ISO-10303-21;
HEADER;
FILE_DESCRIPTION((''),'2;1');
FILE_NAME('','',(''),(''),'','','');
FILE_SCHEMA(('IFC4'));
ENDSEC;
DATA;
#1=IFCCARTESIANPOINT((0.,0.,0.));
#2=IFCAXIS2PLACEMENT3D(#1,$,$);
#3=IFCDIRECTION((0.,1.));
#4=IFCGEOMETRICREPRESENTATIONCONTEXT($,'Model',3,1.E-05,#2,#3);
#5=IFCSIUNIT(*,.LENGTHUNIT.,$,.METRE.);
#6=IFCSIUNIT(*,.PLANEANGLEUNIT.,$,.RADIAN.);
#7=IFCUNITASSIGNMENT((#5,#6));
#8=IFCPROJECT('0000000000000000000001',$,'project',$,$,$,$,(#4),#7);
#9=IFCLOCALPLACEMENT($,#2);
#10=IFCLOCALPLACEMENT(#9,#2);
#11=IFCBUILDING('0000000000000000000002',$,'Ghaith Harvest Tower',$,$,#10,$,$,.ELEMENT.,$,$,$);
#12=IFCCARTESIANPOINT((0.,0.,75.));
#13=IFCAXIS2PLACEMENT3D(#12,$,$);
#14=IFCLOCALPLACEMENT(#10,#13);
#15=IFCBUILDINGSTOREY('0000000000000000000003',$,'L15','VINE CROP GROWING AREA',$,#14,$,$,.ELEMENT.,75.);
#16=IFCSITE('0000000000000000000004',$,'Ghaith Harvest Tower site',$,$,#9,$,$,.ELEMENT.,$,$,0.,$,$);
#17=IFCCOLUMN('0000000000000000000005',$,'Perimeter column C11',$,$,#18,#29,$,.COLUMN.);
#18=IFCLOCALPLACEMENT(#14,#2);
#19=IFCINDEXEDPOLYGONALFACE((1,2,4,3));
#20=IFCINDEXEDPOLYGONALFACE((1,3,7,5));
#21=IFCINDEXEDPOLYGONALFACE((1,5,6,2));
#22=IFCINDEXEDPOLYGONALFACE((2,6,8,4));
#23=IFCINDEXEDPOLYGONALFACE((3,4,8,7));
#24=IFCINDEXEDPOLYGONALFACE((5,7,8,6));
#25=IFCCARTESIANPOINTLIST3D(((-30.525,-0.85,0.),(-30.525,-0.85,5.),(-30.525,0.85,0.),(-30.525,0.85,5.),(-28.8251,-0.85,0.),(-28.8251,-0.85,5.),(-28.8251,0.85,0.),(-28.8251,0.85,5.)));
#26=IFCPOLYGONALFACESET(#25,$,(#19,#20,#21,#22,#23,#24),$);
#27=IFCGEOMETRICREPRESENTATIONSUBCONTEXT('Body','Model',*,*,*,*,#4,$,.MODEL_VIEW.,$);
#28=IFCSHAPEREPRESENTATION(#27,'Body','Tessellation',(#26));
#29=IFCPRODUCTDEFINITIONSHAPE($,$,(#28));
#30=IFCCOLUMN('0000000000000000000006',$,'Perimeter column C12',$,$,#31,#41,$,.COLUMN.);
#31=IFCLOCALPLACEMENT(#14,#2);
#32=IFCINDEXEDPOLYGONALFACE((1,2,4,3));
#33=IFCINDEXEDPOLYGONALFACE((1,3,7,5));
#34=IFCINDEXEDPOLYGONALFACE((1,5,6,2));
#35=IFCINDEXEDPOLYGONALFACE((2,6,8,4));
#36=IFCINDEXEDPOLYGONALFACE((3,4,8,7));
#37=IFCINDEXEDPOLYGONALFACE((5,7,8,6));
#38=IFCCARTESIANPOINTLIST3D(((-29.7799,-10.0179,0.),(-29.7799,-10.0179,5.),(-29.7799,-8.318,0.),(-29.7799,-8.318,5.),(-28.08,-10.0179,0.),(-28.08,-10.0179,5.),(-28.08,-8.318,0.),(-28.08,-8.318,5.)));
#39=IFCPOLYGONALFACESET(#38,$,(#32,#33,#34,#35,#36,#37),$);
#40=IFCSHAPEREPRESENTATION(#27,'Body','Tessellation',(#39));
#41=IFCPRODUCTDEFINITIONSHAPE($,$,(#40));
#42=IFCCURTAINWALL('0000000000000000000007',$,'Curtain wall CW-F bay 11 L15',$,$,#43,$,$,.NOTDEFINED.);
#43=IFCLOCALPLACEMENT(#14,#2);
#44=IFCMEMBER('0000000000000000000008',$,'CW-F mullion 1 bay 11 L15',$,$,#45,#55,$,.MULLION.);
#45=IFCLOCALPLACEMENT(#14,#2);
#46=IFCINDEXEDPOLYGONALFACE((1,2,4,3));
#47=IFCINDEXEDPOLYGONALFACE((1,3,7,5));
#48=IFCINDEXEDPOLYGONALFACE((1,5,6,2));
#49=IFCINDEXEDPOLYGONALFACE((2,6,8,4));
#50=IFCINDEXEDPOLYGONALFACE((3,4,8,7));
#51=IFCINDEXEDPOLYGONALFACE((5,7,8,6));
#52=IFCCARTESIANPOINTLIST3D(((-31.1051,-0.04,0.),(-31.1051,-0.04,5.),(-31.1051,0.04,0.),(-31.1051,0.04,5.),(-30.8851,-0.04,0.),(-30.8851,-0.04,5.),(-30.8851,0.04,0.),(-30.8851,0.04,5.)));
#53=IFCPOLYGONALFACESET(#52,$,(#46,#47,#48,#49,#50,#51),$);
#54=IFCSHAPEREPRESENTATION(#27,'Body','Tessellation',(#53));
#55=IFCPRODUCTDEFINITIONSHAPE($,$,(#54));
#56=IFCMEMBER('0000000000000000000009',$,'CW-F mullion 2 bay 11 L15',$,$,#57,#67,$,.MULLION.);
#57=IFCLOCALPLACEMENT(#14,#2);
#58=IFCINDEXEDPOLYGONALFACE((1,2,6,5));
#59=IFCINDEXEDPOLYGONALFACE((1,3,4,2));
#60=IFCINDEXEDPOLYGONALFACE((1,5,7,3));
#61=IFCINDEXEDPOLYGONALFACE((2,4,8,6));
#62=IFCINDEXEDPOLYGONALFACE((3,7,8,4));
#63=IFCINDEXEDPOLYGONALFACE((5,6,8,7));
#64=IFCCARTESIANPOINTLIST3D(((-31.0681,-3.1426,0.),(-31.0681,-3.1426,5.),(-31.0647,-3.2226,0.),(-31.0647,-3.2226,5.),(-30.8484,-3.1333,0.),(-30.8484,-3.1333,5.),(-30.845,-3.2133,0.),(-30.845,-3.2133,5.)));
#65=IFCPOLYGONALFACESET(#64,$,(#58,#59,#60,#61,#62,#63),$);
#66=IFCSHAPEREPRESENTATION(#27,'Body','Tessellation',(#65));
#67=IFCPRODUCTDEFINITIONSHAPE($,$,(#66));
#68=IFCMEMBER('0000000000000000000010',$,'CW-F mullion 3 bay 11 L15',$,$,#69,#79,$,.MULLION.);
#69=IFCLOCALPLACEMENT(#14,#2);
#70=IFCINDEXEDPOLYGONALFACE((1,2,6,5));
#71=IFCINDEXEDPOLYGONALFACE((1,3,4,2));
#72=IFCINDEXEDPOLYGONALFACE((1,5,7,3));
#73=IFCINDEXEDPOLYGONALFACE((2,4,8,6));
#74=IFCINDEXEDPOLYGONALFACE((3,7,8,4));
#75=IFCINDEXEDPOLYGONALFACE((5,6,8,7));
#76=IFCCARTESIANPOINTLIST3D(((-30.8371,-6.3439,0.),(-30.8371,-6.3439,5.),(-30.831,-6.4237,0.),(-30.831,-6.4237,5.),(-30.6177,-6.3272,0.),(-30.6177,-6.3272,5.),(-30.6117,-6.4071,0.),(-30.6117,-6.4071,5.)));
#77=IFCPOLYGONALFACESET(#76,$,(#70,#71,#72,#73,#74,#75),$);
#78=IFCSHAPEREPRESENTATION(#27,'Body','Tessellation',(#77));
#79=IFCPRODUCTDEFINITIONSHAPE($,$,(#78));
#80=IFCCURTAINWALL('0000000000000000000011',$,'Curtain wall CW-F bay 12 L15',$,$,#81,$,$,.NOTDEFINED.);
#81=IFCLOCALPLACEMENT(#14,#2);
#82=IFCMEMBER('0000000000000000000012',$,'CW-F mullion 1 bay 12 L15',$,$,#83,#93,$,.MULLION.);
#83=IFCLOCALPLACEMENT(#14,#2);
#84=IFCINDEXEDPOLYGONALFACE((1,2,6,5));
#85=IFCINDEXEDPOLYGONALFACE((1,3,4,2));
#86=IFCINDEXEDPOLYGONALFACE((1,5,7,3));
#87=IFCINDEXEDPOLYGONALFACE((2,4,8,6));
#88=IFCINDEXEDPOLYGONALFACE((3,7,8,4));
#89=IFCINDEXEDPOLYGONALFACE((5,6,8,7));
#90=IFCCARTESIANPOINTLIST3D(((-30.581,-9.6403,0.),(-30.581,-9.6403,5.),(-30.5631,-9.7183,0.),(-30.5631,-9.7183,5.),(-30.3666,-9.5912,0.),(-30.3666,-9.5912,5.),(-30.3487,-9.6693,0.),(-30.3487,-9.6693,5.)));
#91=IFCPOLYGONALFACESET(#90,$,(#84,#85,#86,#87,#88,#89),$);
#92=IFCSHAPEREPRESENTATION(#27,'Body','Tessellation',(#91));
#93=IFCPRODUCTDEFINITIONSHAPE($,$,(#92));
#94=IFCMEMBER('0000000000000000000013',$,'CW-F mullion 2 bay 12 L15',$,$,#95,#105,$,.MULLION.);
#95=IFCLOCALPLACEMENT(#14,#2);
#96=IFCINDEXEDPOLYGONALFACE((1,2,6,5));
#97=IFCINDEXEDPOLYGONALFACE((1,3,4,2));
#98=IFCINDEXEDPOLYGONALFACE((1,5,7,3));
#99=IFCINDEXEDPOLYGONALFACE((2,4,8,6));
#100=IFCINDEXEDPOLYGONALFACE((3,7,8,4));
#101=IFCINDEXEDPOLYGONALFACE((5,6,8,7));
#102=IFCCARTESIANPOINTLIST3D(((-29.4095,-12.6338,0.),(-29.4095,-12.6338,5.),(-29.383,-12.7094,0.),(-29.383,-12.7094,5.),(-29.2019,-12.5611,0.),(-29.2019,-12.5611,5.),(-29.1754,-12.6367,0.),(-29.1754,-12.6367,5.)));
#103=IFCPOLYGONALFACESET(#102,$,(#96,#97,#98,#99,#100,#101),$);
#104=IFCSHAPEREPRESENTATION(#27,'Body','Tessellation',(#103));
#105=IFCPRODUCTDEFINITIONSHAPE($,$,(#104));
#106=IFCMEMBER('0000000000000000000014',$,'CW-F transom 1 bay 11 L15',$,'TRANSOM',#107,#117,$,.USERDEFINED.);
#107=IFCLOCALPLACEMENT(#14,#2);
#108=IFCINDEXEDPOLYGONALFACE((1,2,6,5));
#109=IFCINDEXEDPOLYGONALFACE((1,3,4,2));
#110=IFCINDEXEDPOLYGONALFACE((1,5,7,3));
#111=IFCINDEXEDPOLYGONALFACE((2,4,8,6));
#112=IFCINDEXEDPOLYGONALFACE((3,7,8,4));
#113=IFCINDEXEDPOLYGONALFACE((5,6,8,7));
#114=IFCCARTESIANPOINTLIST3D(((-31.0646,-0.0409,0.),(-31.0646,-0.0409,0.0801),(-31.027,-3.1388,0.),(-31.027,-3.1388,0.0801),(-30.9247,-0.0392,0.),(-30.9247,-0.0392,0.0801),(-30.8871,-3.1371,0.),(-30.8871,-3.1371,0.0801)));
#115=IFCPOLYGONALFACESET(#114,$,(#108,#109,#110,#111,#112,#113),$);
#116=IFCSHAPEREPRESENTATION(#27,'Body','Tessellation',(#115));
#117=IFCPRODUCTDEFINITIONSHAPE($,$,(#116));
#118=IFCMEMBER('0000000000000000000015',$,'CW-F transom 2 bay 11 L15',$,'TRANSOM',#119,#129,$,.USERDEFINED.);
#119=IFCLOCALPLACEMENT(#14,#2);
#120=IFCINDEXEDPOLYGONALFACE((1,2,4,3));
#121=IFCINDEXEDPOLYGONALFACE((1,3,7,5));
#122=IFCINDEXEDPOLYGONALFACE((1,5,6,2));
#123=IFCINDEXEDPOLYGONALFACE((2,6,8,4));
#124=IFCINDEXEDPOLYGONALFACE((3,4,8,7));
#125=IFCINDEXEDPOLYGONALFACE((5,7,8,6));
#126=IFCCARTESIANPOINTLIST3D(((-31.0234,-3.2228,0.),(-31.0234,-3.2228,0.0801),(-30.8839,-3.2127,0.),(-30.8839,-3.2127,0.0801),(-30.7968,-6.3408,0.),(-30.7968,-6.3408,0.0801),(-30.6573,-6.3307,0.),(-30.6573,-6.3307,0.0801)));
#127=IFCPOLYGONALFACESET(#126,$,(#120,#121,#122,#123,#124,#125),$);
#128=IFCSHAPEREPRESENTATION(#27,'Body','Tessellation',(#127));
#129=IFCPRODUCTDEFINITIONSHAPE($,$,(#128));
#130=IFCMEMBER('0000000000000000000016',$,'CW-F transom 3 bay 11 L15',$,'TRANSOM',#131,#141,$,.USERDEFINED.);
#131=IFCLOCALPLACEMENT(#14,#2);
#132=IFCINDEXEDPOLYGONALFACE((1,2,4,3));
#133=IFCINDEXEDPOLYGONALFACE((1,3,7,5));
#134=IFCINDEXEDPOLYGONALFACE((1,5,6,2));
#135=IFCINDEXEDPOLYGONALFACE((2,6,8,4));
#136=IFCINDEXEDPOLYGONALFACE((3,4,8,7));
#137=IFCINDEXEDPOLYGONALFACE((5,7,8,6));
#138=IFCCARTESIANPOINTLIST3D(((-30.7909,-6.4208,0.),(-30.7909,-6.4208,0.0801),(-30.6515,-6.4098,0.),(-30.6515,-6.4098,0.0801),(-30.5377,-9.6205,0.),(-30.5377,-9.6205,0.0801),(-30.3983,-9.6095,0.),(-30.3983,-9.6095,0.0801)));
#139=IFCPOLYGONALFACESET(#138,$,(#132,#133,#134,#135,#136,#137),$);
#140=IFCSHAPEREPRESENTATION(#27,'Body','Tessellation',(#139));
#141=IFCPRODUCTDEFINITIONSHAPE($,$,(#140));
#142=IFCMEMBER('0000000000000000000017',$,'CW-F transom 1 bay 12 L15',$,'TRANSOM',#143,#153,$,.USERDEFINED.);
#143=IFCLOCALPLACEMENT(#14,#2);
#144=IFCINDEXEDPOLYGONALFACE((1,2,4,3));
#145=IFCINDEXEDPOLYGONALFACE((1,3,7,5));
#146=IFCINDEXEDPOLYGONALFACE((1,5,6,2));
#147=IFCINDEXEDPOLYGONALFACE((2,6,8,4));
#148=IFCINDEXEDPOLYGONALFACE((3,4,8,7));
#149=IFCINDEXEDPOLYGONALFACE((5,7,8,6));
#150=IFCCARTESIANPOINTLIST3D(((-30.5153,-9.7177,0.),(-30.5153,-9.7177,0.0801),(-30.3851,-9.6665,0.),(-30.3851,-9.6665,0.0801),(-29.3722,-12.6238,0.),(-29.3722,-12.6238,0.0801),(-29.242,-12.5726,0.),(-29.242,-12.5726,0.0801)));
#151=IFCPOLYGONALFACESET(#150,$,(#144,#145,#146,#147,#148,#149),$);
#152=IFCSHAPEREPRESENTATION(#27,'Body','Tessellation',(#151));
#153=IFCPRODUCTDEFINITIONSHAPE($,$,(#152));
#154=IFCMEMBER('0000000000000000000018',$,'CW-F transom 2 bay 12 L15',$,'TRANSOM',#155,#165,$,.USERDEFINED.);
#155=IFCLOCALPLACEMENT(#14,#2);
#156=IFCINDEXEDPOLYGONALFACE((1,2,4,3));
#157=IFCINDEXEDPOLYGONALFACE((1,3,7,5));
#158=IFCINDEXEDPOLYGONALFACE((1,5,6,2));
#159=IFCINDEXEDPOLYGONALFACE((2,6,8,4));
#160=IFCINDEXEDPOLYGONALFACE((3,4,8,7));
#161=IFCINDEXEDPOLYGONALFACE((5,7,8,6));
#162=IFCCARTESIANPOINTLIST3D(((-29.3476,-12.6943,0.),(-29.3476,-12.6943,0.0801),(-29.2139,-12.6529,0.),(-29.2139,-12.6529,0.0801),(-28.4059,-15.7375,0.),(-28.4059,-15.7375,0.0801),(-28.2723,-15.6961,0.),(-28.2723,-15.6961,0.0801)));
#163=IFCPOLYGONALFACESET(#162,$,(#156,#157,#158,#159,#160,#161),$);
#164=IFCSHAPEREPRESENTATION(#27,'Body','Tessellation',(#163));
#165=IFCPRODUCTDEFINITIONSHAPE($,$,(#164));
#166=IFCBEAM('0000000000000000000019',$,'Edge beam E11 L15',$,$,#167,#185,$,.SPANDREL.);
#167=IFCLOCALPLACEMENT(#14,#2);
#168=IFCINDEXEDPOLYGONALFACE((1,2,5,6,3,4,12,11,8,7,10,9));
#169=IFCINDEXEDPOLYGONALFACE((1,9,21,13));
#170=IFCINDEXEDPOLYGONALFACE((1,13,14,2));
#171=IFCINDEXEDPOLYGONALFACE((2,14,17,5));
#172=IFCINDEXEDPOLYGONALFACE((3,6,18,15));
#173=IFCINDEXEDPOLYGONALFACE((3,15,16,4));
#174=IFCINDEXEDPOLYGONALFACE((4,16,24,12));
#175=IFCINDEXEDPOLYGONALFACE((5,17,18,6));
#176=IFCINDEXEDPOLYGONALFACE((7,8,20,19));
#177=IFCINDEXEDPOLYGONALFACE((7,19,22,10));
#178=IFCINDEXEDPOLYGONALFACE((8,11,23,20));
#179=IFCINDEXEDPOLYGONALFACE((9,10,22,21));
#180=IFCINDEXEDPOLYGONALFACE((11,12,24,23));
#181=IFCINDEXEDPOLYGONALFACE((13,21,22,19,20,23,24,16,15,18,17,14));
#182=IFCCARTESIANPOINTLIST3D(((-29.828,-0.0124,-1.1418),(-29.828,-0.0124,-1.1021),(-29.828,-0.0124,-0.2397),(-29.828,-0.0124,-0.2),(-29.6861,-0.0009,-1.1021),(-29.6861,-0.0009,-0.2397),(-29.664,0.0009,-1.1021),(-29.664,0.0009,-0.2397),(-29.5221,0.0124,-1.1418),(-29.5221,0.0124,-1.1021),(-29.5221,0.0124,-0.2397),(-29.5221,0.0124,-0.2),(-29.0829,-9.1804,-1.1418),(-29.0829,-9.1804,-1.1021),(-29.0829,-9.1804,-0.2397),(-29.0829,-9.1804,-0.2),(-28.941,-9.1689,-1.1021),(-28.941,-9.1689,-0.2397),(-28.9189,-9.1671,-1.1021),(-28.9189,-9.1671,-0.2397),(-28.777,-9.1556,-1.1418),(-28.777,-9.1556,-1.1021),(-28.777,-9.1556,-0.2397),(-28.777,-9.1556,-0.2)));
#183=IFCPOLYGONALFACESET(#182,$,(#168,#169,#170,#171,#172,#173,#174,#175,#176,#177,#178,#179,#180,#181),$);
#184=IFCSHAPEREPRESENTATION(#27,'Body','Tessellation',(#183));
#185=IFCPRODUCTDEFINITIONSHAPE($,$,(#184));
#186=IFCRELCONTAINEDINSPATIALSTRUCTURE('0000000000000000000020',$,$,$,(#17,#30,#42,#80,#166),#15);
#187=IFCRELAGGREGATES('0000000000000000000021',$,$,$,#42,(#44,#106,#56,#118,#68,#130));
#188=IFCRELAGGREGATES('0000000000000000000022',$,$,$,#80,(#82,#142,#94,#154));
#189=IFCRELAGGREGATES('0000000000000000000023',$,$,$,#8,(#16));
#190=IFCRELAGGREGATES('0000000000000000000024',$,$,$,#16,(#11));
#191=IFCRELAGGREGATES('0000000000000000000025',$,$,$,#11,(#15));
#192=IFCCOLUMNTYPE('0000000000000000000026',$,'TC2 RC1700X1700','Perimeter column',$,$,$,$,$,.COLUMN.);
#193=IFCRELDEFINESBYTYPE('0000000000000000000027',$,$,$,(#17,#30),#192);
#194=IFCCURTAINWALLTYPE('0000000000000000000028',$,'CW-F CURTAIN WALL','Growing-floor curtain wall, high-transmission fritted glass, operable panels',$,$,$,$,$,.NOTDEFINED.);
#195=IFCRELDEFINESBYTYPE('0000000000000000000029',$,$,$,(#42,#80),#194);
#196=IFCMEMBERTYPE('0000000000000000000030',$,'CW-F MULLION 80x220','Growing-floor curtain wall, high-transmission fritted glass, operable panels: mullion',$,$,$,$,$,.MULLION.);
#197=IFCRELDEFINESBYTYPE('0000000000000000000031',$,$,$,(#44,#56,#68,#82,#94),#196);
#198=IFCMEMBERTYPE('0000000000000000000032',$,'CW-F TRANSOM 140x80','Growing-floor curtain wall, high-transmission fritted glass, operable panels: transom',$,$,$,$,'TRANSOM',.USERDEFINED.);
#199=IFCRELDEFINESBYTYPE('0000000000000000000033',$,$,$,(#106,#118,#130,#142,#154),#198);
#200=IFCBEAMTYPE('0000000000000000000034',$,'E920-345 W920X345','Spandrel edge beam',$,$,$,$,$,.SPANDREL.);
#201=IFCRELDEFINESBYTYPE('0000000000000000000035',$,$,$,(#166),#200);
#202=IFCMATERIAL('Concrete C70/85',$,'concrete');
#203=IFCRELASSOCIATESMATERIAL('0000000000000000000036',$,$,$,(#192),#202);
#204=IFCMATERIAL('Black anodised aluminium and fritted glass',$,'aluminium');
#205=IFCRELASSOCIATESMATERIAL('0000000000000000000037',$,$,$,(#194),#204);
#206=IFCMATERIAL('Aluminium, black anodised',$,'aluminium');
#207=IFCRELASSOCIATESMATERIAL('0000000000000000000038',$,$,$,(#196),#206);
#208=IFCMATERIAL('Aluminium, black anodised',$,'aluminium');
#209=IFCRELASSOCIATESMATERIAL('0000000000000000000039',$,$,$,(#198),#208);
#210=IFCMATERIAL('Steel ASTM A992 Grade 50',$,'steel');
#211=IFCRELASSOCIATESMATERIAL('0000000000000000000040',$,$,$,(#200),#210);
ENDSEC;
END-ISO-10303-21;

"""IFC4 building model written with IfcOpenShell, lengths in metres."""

from ifc_helpers import new_model, si_unit, direction, frame, origin, origin_2d, place, context, subcontext, project, spatial, rectangle, i_section, extrude, material, material_profile, profile_set, type_object, element, aggregate, save


model = new_model("IFC4")

# Units and contexts
model_context = context("Model", 3, precision=1e-05, world=origin(), true_north=direction((0.0, 1.0)))
body_context = subcontext(model_context, "Body", "Model", "MODEL_VIEW")
ifc_project = project(units=[si_unit("LENGTHUNIT", "METRE"), si_unit("PLANEANGLEUNIT", "RADIAN")], contexts=[model_context])

# Site, building, storey
site_placement = place(None, origin())
site = spatial("IfcSite", under=ifc_project, at=site_placement, Name="Ghaith Harvest Tower site", CompositionType="ELEMENT", RefElevation=0.0)
building_placement = place(site_placement, origin())
building = spatial("IfcBuilding", under=site, at=building_placement, Name="Ghaith Harvest Tower", CompositionType="ELEMENT")
storey_placement = place(building_placement, frame((0.0, 0.0, 75.0)))
storey = spatial("IfcBuildingStorey", under=building, at=storey_placement, Name="L15", Description="VINE CROP GROWING AREA", CompositionType="ELEMENT", Elevation=75.0)

# Columns
ifc_material_1 = material(Name="Concrete C70/85", Category="concrete")
ifc_material_profile_1 = material_profile(ifc_material_1, rectangle(XDim=1.7, YDim=1.7, at=origin_2d()), Name="RC1700X1700")
ifc_profile_set_1 = profile_set([ifc_material_profile_1], Name="Concrete C70/85")
column_type = type_object("IfcColumnType", Name="TC2 RC1700X1700", Description="Perimeter column", PredefinedType="COLUMN", material=ifc_profile_set_1)
for number, where, z_axis, x_axis, name in (
    (1, (-29.675, 0.0, 0.0), (0.0, 0.0, 1.0), (1.0, 0.0, 0.0), "Perimeter column C11"),
    (2, (-28.9299, -9.168, 0.0), (0.0, 0.0, 1.0), (1.0, 0.0, 0.0), "Perimeter column C12"),
):
    element("IfcColumn", number, at=place(storey_placement, frame(where, z_axis=z_axis, x_axis=x_axis)), inside=storey, type_object=column_type, Name=name, PredefinedType="COLUMN", context=body_context, shape_type="SweptSolid", body=[
        extrude(rectangle(XDim=1.7, YDim=1.7, at=origin_2d()), origin(), (0.0, 0.0, 1.0), 5.0),
    ])

# Curtain walls, members
ifc_material_2 = material(Name="Black anodised aluminium and fritted glass", Category="aluminium")
curtain_wall_type = type_object("IfcCurtainWallType", Name="CW-F CURTAIN WALL", Description="Growing-floor curtain wall, high-transmission fritted glass, operable panels", PredefinedType="NOTDEFINED", material=ifc_material_2)
curtain_wall_1_placement = place(storey_placement, origin())
curtain_wall_1 = element("IfcCurtainWall", 3, at=curtain_wall_1_placement, inside=storey, type_object=curtain_wall_type, Name="Curtain wall CW-F bay 11 L15", PredefinedType="NOTDEFINED")
ifc_material_3 = material(Name="Aluminium, black anodised", Category="aluminium")
ifc_material_profile_2 = material_profile(ifc_material_3, rectangle(XDim=0.0801, YDim=0.22, at=origin_2d()), Name="CW-F MULLION 80x220")
ifc_profile_set_2 = profile_set([ifc_material_profile_2], Name="Aluminium, black anodised")
member_type_1 = type_object("IfcMemberType", Name="CW-F MULLION 80x220", Description="Growing-floor curtain wall, high-transmission fritted glass, operable panels: mullion", PredefinedType="MULLION", material=ifc_profile_set_2)
member_1_placement = place(storey_placement, frame((-30.9951, 0.0, 0.0), z_axis=(0.0, 0.0, 1.0), x_axis=(0.0, -1.0, 0.0)))
member_1 = element("IfcMember", 4, at=member_1_placement, type_object=member_type_1, Name="CW-F mullion 1 bay 11 L15", PredefinedType="MULLION", context=body_context, shape_type="SweptSolid", body=[
    extrude(rectangle(XDim=0.0801, YDim=0.22, at=origin_2d()), origin(), (0.0, 0.0, 1.0), 5.0),
])
member_2_placement = place(storey_placement, frame((-30.9565, -3.178, 0.0), z_axis=(0.0, 0.0, 1.0), x_axis=(0.042427, -0.9991, 0.0)))
member_2 = element("IfcMember", 5, at=member_2_placement, type_object=member_type_1, Name="CW-F mullion 2 bay 11 L15", PredefinedType="MULLION", context=body_context, shape_type="SweptSolid", body=[
    extrude(rectangle(XDim=0.0801, YDim=0.22, at=origin_2d()), origin(), (0.0, 0.0, 1.0), 5.0),
])
member_3_placement = place(storey_placement, frame((-30.7244, -6.3755, 0.0), z_axis=(0.0, 0.0, 1.0), x_axis=(0.075686, -0.997132, 0.0)))
member_3 = element("IfcMember", 6, at=member_3_placement, type_object=member_type_1, Name="CW-F mullion 3 bay 11 L15", PredefinedType="MULLION", context=body_context, shape_type="SweptSolid", body=[
    extrude(rectangle(XDim=0.0801, YDim=0.22, at=origin_2d()), origin(), (0.0, 0.0, 1.0), 5.0),
])
curtain_wall_2_placement = place(storey_placement, origin())
curtain_wall_2 = element("IfcCurtainWall", 7, at=curtain_wall_2_placement, inside=storey, type_object=curtain_wall_type, Name="Curtain wall CW-F bay 12 L15", PredefinedType="NOTDEFINED")
member_4_placement = place(storey_placement, frame((-30.4648, -9.6548, 0.0), z_axis=(0.0, 0.0, 1.0), x_axis=(0.222967, -0.974826, 0.0)))
member_4 = element("IfcMember", 8, at=member_4_placement, type_object=member_type_1, Name="CW-F mullion 1 bay 12 L15", PredefinedType="MULLION", context=body_context, shape_type="SweptSolid", body=[
    extrude(rectangle(XDim=0.0801, YDim=0.22, at=origin_2d()), origin(), (0.0, 0.0, 1.0), 5.0),
])
member_5_placement = place(storey_placement, frame((-29.2925, -12.6353, 0.0), z_axis=(0.0, 0.0, 1.0), x_axis=(0.330701, -0.943736, 0.0)))
member_5 = element("IfcMember", 9, at=member_5_placement, type_object=member_type_1, Name="CW-F mullion 2 bay 12 L15", PredefinedType="MULLION", context=body_context, shape_type="SweptSolid", body=[
    extrude(rectangle(XDim=0.0801, YDim=0.22, at=origin_2d()), origin(), (0.0, 0.0, 1.0), 5.0),
])

# Members
ifc_material_4 = material(Name="Aluminium, black anodised", Category="aluminium")
ifc_material_profile_3 = material_profile(ifc_material_4, rectangle(XDim=0.1399, YDim=0.0801, at=origin_2d()), Name="CW-F TRANSOM 140x80")
ifc_profile_set_3 = profile_set([ifc_material_profile_3], Name="Aluminium, black anodised")
member_type_2 = type_object("IfcMemberType", Name="CW-F TRANSOM 140x80", Description="Growing-floor curtain wall, high-transmission fritted glass, operable panels: transom", ElementType="TRANSOM", PredefinedType="USERDEFINED", material=ifc_profile_set_3)
member_6_placement = place(storey_placement, frame((-30.9946, -0.04, 0.04), z_axis=(0.012136, -0.999926, 0.0), x_axis=(0.999926, 0.012136, 0.0)))
member_6 = element("IfcMember", 10, at=member_6_placement, type_object=member_type_2, Name="CW-F transom 1 bay 11 L15", ObjectType="TRANSOM", PredefinedType="USERDEFINED", context=body_context, shape_type="SweptSolid", body=[
    extrude(rectangle(XDim=0.1399, YDim=0.0801, at=origin_2d()), origin(), (0.0, 0.0, 1.0), 3.0981),
])
member_7_placement = place(storey_placement, frame((-30.9536, -3.2178, 0.04), z_axis=(0.072474, -0.99737, 0.0), x_axis=(0.99737, 0.072474, 0.0)))
member_7 = element("IfcMember", 11, at=member_7_placement, type_object=member_type_2, Name="CW-F transom 2 bay 11 L15", ObjectType="TRANSOM", PredefinedType="USERDEFINED", context=body_context, shape_type="SweptSolid", body=[
    extrude(rectangle(XDim=0.1399, YDim=0.0801, at=origin_2d()), origin(), (0.0, 0.0, 1.0), 3.1262),
])
member_8_placement = place(storey_placement, frame((-30.7212, -6.4153, 0.04), z_axis=(0.078878, -0.996884, 0.0), x_axis=(0.996884, 0.078878, 0.0)))
member_8 = element("IfcMember", 12, at=member_8_placement, type_object=member_type_2, Name="CW-F transom 3 bay 11 L15", ObjectType="TRANSOM", PredefinedType="USERDEFINED", context=body_context, shape_type="SweptSolid", body=[
    extrude(rectangle(XDim=0.1399, YDim=0.0801, at=origin_2d()), origin(), (0.0, 0.0, 1.0), 3.2097),
])
member_9_placement = place(storey_placement, frame((-30.4502, -9.6921, 0.04), z_axis=(0.366047, -0.930597, 0.0), x_axis=(0.930597, 0.366047, 0.0)))
member_9 = element("IfcMember", 13, at=member_9_placement, type_object=member_type_2, Name="CW-F transom 1 bay 12 L15", ObjectType="TRANSOM", PredefinedType="USERDEFINED", context=body_context, shape_type="SweptSolid", body=[
    extrude(rectangle(XDim=0.1399, YDim=0.0801, at=origin_2d()), origin(), (0.0, 0.0, 1.0), 3.1228),
])
member_10_placement = place(storey_placement, frame((-29.2808, -12.6736, 0.04), z_axis=(0.295599, -0.955312, 0.0), x_axis=(0.955312, 0.295599, 0.0)))
member_10 = element("IfcMember", 14, at=member_10_placement, type_object=member_type_2, Name="CW-F transom 2 bay 12 L15", ObjectType="TRANSOM", PredefinedType="USERDEFINED", context=body_context, shape_type="SweptSolid", body=[
    extrude(rectangle(XDim=0.1399, YDim=0.0801, at=origin_2d()), origin(), (0.0, 0.0, 1.0), 3.1855),
])

# Beam
ifc_material_5 = material(Name="Steel ASTM A992 Grade 50", Category="steel")
ifc_material_profile_4 = material_profile(ifc_material_5, i_section(OverallWidth=0.3069, OverallDepth=0.9419, WebThickness=0.0222, FlangeThickness=0.0398, at=origin_2d()), Name="W920X345")
ifc_profile_set_4 = profile_set([ifc_material_profile_4], Name="Steel ASTM A992 Grade 50")
beam_type_1 = type_object("IfcBeamType", Name="E920-345 W920X345", Description="Spandrel edge beam", PredefinedType="SPANDREL", material=ifc_profile_set_4)
beam_1_placement = place(storey_placement, frame((-29.675, 0.0, -0.6709), z_axis=(0.081007, -0.996714, 0.0), x_axis=(0.996714, 0.081007, 0.0)))
element("IfcBeam", 15, at=beam_1_placement, inside=storey, type_object=beam_type_1, Name="Edge beam E11 L15", PredefinedType="SPANDREL", context=body_context, shape_type="SweptSolid", body=[
    extrude(i_section(OverallWidth=0.3069, OverallDepth=0.9419, WebThickness=0.0222, FlangeThickness=0.0398, at=origin_2d()), origin(), (0.0, 0.0, 1.0), 9.1982),
])

aggregate(curtain_wall_1, [member_1, member_6, member_2, member_7, member_3, member_8])
aggregate(curtain_wall_2, [member_4, member_9, member_5, member_10])

save(model, "model.ifc")
